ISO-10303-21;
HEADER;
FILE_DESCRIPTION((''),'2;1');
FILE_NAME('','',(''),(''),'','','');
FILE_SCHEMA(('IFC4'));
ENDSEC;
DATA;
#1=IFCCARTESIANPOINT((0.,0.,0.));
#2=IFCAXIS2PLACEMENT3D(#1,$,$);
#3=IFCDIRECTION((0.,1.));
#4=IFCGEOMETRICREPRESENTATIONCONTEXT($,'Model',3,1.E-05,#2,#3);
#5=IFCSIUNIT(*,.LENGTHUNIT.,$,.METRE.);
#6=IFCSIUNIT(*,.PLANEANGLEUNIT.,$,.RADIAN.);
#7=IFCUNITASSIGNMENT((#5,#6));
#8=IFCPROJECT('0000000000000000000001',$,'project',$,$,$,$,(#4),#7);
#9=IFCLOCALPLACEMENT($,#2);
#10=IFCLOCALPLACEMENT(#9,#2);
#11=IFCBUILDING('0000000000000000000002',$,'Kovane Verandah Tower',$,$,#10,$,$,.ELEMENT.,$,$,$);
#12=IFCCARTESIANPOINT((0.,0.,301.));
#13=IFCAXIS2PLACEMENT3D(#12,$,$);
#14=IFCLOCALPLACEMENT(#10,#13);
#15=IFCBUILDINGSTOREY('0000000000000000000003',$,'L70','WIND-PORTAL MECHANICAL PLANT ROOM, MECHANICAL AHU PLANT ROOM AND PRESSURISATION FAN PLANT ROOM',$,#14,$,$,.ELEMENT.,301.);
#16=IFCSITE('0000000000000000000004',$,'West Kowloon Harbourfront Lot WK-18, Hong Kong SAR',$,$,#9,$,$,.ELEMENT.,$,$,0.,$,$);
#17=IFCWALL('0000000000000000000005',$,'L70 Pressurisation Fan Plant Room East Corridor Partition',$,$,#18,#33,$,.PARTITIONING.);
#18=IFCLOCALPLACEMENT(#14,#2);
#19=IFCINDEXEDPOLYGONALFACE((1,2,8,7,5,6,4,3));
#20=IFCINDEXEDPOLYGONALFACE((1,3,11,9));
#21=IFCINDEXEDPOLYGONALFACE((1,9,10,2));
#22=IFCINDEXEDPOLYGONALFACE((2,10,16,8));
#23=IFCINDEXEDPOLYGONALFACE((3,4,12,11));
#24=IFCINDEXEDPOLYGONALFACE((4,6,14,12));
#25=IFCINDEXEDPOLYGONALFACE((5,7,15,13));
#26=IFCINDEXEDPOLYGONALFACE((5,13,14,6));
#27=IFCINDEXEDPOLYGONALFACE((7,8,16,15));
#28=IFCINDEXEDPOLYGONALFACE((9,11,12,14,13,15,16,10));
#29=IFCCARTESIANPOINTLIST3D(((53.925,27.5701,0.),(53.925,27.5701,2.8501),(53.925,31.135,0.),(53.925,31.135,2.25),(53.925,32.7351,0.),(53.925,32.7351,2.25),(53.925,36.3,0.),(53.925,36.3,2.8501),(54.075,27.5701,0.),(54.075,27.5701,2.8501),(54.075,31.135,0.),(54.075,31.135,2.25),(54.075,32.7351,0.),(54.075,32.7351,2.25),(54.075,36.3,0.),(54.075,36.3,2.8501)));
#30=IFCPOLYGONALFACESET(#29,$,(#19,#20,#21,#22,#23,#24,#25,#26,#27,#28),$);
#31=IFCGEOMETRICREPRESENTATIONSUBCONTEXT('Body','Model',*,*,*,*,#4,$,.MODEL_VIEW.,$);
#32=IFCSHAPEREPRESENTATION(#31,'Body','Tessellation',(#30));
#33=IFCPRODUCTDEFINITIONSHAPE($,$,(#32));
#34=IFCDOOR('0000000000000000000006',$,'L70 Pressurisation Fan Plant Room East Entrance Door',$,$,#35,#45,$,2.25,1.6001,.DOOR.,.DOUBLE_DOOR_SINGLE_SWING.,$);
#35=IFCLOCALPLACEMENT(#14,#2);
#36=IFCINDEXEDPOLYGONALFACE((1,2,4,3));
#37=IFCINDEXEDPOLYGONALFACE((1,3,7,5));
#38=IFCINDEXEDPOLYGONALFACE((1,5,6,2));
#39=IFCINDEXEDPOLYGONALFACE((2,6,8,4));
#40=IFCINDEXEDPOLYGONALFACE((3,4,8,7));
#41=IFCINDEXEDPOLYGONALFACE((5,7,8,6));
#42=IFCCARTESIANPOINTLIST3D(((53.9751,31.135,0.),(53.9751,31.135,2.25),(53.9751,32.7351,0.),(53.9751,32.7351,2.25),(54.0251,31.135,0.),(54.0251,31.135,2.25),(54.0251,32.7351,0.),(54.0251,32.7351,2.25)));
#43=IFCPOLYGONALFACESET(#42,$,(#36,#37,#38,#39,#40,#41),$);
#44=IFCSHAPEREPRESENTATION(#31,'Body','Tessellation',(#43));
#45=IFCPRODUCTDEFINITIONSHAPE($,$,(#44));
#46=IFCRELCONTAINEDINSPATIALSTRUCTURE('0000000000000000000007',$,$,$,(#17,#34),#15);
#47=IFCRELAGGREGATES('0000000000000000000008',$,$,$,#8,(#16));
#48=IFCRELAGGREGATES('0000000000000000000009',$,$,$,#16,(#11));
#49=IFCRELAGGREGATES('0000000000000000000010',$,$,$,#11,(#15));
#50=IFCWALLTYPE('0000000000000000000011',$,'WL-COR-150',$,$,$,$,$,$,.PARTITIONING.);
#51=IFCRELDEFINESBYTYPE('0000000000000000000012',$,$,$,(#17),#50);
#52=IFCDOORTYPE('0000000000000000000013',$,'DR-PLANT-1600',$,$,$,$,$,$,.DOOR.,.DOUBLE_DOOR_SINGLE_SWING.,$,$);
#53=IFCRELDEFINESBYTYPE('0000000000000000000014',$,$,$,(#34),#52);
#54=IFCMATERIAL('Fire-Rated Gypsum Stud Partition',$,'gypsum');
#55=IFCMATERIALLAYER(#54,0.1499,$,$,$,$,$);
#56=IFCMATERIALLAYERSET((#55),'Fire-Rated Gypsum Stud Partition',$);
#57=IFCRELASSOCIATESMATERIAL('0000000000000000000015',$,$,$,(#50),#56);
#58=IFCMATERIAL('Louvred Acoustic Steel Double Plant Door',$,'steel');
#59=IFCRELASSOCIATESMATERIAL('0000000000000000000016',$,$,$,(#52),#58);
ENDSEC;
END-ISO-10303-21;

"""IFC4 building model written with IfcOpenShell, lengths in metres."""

from ifc_helpers import new_model, si_unit, direction, frame, frame_2d, origin, place, context, subcontext, project, spatial, rectangle, extrude, material, layer, layer_set, type_object, element, fill, save


model = new_model("IFC4")

# Units and contexts
model_context = context("Model", 3, precision=1e-05, world=origin(), true_north=direction((0.0, 1.0)))
body_context = subcontext(model_context, "Body", "Model", "MODEL_VIEW")
ifc_project = project(units=[si_unit("LENGTHUNIT", "METRE"), si_unit("PLANEANGLEUNIT", "RADIAN")], contexts=[model_context])

# Site, building, storey
site_placement = place(None, origin())
site = spatial("IfcSite", under=ifc_project, at=site_placement, Name="West Kowloon Harbourfront Lot WK-18, Hong Kong SAR", CompositionType="ELEMENT", RefElevation=0.0)
building_placement = place(site_placement, origin())
building = spatial("IfcBuilding", under=site, at=building_placement, Name="Kovane Verandah Tower", CompositionType="ELEMENT")
storey_placement = place(building_placement, frame((0.0, 0.0, 301.0)))
storey = spatial("IfcBuildingStorey", under=building, at=storey_placement, Name="L70", Description="WIND-PORTAL MECHANICAL PLANT ROOM, MECHANICAL AHU PLANT ROOM AND PRESSURISATION FAN PLANT ROOM", CompositionType="ELEMENT", Elevation=301.0)

# Wall, opening, door
ifc_material_1 = material(Name="Fire-Rated Gypsum Stud Partition", Category="gypsum")
ifc_layer_1 = layer(ifc_material_1, 0.1499)
ifc_layer_set_1 = layer_set([ifc_layer_1], Name="Fire-Rated Gypsum Stud Partition")
wall_type = type_object("IfcWallType", Name="WL-COR-150", PredefinedType="PARTITIONING", material=ifc_layer_set_1)
wall_placement = place(storey_placement, frame((54.0, 27.5701, 0.0), z_axis=(0.0, 0.0, 1.0), x_axis=(0.0, 1.0, 0.0)))
wall = element("IfcWall", 1, at=wall_placement, inside=storey, type_object=wall_type, Name="L70 Pressurisation Fan Plant Room East Corridor Partition", PredefinedType="PARTITIONING", context=body_context, shape_type="SweptSolid", body=[
    extrude(rectangle(XDim=8.73, YDim=0.1499, at=frame_2d((4.365, 0.0))), origin(), (0.0, 0.0, 1.0), 2.8501),
])
opening_placement = place(wall_placement, frame((3.5649, 0.0, 0.0)))
opening = element("IfcOpeningElement", 2, at=opening_placement, cuts=wall, PredefinedType="OPENING", context=body_context, shape_type="SweptSolid", body=[
    extrude(rectangle(XDim=1.6001, YDim=2.25, at=frame_2d((0.8, 1.125))), frame((0.0, 0.075, 0.0), z_axis=(0.0, -1.0, 0.0), x_axis=(1.0, 0.0, 0.0)), (0.0, 0.0, 1.0), 0.1499),
])
ifc_material_2 = material(Name="Louvred Acoustic Steel Double Plant Door", Category="steel")
door_type = type_object("IfcDoorType", Name="DR-PLANT-1600", OperationType="DOUBLE_DOOR_SINGLE_SWING", PredefinedType="DOOR", material=ifc_material_2)
door_placement = place(opening_placement, origin())
door = element("IfcDoor", 3, at=door_placement, inside=storey, type_object=door_type, Name="L70 Pressurisation Fan Plant Room East Entrance Door", OperationType="DOUBLE_DOOR_SINGLE_SWING", OverallHeight=2.25, OverallWidth=1.6001, PredefinedType="DOOR", context=body_context, shape_type="SweptSolid", body=[
    extrude(rectangle(XDim=1.6001, YDim=2.25, at=frame_2d((0.8, 1.125))), frame((0.0, 0.0249, 0.0), z_axis=(0.0, -1.0, 0.0), x_axis=(1.0, 0.0, 0.0)), (0.0, 0.0, 1.0), 0.05),
])
fill(opening, door)

save(model, "model.ifc")
